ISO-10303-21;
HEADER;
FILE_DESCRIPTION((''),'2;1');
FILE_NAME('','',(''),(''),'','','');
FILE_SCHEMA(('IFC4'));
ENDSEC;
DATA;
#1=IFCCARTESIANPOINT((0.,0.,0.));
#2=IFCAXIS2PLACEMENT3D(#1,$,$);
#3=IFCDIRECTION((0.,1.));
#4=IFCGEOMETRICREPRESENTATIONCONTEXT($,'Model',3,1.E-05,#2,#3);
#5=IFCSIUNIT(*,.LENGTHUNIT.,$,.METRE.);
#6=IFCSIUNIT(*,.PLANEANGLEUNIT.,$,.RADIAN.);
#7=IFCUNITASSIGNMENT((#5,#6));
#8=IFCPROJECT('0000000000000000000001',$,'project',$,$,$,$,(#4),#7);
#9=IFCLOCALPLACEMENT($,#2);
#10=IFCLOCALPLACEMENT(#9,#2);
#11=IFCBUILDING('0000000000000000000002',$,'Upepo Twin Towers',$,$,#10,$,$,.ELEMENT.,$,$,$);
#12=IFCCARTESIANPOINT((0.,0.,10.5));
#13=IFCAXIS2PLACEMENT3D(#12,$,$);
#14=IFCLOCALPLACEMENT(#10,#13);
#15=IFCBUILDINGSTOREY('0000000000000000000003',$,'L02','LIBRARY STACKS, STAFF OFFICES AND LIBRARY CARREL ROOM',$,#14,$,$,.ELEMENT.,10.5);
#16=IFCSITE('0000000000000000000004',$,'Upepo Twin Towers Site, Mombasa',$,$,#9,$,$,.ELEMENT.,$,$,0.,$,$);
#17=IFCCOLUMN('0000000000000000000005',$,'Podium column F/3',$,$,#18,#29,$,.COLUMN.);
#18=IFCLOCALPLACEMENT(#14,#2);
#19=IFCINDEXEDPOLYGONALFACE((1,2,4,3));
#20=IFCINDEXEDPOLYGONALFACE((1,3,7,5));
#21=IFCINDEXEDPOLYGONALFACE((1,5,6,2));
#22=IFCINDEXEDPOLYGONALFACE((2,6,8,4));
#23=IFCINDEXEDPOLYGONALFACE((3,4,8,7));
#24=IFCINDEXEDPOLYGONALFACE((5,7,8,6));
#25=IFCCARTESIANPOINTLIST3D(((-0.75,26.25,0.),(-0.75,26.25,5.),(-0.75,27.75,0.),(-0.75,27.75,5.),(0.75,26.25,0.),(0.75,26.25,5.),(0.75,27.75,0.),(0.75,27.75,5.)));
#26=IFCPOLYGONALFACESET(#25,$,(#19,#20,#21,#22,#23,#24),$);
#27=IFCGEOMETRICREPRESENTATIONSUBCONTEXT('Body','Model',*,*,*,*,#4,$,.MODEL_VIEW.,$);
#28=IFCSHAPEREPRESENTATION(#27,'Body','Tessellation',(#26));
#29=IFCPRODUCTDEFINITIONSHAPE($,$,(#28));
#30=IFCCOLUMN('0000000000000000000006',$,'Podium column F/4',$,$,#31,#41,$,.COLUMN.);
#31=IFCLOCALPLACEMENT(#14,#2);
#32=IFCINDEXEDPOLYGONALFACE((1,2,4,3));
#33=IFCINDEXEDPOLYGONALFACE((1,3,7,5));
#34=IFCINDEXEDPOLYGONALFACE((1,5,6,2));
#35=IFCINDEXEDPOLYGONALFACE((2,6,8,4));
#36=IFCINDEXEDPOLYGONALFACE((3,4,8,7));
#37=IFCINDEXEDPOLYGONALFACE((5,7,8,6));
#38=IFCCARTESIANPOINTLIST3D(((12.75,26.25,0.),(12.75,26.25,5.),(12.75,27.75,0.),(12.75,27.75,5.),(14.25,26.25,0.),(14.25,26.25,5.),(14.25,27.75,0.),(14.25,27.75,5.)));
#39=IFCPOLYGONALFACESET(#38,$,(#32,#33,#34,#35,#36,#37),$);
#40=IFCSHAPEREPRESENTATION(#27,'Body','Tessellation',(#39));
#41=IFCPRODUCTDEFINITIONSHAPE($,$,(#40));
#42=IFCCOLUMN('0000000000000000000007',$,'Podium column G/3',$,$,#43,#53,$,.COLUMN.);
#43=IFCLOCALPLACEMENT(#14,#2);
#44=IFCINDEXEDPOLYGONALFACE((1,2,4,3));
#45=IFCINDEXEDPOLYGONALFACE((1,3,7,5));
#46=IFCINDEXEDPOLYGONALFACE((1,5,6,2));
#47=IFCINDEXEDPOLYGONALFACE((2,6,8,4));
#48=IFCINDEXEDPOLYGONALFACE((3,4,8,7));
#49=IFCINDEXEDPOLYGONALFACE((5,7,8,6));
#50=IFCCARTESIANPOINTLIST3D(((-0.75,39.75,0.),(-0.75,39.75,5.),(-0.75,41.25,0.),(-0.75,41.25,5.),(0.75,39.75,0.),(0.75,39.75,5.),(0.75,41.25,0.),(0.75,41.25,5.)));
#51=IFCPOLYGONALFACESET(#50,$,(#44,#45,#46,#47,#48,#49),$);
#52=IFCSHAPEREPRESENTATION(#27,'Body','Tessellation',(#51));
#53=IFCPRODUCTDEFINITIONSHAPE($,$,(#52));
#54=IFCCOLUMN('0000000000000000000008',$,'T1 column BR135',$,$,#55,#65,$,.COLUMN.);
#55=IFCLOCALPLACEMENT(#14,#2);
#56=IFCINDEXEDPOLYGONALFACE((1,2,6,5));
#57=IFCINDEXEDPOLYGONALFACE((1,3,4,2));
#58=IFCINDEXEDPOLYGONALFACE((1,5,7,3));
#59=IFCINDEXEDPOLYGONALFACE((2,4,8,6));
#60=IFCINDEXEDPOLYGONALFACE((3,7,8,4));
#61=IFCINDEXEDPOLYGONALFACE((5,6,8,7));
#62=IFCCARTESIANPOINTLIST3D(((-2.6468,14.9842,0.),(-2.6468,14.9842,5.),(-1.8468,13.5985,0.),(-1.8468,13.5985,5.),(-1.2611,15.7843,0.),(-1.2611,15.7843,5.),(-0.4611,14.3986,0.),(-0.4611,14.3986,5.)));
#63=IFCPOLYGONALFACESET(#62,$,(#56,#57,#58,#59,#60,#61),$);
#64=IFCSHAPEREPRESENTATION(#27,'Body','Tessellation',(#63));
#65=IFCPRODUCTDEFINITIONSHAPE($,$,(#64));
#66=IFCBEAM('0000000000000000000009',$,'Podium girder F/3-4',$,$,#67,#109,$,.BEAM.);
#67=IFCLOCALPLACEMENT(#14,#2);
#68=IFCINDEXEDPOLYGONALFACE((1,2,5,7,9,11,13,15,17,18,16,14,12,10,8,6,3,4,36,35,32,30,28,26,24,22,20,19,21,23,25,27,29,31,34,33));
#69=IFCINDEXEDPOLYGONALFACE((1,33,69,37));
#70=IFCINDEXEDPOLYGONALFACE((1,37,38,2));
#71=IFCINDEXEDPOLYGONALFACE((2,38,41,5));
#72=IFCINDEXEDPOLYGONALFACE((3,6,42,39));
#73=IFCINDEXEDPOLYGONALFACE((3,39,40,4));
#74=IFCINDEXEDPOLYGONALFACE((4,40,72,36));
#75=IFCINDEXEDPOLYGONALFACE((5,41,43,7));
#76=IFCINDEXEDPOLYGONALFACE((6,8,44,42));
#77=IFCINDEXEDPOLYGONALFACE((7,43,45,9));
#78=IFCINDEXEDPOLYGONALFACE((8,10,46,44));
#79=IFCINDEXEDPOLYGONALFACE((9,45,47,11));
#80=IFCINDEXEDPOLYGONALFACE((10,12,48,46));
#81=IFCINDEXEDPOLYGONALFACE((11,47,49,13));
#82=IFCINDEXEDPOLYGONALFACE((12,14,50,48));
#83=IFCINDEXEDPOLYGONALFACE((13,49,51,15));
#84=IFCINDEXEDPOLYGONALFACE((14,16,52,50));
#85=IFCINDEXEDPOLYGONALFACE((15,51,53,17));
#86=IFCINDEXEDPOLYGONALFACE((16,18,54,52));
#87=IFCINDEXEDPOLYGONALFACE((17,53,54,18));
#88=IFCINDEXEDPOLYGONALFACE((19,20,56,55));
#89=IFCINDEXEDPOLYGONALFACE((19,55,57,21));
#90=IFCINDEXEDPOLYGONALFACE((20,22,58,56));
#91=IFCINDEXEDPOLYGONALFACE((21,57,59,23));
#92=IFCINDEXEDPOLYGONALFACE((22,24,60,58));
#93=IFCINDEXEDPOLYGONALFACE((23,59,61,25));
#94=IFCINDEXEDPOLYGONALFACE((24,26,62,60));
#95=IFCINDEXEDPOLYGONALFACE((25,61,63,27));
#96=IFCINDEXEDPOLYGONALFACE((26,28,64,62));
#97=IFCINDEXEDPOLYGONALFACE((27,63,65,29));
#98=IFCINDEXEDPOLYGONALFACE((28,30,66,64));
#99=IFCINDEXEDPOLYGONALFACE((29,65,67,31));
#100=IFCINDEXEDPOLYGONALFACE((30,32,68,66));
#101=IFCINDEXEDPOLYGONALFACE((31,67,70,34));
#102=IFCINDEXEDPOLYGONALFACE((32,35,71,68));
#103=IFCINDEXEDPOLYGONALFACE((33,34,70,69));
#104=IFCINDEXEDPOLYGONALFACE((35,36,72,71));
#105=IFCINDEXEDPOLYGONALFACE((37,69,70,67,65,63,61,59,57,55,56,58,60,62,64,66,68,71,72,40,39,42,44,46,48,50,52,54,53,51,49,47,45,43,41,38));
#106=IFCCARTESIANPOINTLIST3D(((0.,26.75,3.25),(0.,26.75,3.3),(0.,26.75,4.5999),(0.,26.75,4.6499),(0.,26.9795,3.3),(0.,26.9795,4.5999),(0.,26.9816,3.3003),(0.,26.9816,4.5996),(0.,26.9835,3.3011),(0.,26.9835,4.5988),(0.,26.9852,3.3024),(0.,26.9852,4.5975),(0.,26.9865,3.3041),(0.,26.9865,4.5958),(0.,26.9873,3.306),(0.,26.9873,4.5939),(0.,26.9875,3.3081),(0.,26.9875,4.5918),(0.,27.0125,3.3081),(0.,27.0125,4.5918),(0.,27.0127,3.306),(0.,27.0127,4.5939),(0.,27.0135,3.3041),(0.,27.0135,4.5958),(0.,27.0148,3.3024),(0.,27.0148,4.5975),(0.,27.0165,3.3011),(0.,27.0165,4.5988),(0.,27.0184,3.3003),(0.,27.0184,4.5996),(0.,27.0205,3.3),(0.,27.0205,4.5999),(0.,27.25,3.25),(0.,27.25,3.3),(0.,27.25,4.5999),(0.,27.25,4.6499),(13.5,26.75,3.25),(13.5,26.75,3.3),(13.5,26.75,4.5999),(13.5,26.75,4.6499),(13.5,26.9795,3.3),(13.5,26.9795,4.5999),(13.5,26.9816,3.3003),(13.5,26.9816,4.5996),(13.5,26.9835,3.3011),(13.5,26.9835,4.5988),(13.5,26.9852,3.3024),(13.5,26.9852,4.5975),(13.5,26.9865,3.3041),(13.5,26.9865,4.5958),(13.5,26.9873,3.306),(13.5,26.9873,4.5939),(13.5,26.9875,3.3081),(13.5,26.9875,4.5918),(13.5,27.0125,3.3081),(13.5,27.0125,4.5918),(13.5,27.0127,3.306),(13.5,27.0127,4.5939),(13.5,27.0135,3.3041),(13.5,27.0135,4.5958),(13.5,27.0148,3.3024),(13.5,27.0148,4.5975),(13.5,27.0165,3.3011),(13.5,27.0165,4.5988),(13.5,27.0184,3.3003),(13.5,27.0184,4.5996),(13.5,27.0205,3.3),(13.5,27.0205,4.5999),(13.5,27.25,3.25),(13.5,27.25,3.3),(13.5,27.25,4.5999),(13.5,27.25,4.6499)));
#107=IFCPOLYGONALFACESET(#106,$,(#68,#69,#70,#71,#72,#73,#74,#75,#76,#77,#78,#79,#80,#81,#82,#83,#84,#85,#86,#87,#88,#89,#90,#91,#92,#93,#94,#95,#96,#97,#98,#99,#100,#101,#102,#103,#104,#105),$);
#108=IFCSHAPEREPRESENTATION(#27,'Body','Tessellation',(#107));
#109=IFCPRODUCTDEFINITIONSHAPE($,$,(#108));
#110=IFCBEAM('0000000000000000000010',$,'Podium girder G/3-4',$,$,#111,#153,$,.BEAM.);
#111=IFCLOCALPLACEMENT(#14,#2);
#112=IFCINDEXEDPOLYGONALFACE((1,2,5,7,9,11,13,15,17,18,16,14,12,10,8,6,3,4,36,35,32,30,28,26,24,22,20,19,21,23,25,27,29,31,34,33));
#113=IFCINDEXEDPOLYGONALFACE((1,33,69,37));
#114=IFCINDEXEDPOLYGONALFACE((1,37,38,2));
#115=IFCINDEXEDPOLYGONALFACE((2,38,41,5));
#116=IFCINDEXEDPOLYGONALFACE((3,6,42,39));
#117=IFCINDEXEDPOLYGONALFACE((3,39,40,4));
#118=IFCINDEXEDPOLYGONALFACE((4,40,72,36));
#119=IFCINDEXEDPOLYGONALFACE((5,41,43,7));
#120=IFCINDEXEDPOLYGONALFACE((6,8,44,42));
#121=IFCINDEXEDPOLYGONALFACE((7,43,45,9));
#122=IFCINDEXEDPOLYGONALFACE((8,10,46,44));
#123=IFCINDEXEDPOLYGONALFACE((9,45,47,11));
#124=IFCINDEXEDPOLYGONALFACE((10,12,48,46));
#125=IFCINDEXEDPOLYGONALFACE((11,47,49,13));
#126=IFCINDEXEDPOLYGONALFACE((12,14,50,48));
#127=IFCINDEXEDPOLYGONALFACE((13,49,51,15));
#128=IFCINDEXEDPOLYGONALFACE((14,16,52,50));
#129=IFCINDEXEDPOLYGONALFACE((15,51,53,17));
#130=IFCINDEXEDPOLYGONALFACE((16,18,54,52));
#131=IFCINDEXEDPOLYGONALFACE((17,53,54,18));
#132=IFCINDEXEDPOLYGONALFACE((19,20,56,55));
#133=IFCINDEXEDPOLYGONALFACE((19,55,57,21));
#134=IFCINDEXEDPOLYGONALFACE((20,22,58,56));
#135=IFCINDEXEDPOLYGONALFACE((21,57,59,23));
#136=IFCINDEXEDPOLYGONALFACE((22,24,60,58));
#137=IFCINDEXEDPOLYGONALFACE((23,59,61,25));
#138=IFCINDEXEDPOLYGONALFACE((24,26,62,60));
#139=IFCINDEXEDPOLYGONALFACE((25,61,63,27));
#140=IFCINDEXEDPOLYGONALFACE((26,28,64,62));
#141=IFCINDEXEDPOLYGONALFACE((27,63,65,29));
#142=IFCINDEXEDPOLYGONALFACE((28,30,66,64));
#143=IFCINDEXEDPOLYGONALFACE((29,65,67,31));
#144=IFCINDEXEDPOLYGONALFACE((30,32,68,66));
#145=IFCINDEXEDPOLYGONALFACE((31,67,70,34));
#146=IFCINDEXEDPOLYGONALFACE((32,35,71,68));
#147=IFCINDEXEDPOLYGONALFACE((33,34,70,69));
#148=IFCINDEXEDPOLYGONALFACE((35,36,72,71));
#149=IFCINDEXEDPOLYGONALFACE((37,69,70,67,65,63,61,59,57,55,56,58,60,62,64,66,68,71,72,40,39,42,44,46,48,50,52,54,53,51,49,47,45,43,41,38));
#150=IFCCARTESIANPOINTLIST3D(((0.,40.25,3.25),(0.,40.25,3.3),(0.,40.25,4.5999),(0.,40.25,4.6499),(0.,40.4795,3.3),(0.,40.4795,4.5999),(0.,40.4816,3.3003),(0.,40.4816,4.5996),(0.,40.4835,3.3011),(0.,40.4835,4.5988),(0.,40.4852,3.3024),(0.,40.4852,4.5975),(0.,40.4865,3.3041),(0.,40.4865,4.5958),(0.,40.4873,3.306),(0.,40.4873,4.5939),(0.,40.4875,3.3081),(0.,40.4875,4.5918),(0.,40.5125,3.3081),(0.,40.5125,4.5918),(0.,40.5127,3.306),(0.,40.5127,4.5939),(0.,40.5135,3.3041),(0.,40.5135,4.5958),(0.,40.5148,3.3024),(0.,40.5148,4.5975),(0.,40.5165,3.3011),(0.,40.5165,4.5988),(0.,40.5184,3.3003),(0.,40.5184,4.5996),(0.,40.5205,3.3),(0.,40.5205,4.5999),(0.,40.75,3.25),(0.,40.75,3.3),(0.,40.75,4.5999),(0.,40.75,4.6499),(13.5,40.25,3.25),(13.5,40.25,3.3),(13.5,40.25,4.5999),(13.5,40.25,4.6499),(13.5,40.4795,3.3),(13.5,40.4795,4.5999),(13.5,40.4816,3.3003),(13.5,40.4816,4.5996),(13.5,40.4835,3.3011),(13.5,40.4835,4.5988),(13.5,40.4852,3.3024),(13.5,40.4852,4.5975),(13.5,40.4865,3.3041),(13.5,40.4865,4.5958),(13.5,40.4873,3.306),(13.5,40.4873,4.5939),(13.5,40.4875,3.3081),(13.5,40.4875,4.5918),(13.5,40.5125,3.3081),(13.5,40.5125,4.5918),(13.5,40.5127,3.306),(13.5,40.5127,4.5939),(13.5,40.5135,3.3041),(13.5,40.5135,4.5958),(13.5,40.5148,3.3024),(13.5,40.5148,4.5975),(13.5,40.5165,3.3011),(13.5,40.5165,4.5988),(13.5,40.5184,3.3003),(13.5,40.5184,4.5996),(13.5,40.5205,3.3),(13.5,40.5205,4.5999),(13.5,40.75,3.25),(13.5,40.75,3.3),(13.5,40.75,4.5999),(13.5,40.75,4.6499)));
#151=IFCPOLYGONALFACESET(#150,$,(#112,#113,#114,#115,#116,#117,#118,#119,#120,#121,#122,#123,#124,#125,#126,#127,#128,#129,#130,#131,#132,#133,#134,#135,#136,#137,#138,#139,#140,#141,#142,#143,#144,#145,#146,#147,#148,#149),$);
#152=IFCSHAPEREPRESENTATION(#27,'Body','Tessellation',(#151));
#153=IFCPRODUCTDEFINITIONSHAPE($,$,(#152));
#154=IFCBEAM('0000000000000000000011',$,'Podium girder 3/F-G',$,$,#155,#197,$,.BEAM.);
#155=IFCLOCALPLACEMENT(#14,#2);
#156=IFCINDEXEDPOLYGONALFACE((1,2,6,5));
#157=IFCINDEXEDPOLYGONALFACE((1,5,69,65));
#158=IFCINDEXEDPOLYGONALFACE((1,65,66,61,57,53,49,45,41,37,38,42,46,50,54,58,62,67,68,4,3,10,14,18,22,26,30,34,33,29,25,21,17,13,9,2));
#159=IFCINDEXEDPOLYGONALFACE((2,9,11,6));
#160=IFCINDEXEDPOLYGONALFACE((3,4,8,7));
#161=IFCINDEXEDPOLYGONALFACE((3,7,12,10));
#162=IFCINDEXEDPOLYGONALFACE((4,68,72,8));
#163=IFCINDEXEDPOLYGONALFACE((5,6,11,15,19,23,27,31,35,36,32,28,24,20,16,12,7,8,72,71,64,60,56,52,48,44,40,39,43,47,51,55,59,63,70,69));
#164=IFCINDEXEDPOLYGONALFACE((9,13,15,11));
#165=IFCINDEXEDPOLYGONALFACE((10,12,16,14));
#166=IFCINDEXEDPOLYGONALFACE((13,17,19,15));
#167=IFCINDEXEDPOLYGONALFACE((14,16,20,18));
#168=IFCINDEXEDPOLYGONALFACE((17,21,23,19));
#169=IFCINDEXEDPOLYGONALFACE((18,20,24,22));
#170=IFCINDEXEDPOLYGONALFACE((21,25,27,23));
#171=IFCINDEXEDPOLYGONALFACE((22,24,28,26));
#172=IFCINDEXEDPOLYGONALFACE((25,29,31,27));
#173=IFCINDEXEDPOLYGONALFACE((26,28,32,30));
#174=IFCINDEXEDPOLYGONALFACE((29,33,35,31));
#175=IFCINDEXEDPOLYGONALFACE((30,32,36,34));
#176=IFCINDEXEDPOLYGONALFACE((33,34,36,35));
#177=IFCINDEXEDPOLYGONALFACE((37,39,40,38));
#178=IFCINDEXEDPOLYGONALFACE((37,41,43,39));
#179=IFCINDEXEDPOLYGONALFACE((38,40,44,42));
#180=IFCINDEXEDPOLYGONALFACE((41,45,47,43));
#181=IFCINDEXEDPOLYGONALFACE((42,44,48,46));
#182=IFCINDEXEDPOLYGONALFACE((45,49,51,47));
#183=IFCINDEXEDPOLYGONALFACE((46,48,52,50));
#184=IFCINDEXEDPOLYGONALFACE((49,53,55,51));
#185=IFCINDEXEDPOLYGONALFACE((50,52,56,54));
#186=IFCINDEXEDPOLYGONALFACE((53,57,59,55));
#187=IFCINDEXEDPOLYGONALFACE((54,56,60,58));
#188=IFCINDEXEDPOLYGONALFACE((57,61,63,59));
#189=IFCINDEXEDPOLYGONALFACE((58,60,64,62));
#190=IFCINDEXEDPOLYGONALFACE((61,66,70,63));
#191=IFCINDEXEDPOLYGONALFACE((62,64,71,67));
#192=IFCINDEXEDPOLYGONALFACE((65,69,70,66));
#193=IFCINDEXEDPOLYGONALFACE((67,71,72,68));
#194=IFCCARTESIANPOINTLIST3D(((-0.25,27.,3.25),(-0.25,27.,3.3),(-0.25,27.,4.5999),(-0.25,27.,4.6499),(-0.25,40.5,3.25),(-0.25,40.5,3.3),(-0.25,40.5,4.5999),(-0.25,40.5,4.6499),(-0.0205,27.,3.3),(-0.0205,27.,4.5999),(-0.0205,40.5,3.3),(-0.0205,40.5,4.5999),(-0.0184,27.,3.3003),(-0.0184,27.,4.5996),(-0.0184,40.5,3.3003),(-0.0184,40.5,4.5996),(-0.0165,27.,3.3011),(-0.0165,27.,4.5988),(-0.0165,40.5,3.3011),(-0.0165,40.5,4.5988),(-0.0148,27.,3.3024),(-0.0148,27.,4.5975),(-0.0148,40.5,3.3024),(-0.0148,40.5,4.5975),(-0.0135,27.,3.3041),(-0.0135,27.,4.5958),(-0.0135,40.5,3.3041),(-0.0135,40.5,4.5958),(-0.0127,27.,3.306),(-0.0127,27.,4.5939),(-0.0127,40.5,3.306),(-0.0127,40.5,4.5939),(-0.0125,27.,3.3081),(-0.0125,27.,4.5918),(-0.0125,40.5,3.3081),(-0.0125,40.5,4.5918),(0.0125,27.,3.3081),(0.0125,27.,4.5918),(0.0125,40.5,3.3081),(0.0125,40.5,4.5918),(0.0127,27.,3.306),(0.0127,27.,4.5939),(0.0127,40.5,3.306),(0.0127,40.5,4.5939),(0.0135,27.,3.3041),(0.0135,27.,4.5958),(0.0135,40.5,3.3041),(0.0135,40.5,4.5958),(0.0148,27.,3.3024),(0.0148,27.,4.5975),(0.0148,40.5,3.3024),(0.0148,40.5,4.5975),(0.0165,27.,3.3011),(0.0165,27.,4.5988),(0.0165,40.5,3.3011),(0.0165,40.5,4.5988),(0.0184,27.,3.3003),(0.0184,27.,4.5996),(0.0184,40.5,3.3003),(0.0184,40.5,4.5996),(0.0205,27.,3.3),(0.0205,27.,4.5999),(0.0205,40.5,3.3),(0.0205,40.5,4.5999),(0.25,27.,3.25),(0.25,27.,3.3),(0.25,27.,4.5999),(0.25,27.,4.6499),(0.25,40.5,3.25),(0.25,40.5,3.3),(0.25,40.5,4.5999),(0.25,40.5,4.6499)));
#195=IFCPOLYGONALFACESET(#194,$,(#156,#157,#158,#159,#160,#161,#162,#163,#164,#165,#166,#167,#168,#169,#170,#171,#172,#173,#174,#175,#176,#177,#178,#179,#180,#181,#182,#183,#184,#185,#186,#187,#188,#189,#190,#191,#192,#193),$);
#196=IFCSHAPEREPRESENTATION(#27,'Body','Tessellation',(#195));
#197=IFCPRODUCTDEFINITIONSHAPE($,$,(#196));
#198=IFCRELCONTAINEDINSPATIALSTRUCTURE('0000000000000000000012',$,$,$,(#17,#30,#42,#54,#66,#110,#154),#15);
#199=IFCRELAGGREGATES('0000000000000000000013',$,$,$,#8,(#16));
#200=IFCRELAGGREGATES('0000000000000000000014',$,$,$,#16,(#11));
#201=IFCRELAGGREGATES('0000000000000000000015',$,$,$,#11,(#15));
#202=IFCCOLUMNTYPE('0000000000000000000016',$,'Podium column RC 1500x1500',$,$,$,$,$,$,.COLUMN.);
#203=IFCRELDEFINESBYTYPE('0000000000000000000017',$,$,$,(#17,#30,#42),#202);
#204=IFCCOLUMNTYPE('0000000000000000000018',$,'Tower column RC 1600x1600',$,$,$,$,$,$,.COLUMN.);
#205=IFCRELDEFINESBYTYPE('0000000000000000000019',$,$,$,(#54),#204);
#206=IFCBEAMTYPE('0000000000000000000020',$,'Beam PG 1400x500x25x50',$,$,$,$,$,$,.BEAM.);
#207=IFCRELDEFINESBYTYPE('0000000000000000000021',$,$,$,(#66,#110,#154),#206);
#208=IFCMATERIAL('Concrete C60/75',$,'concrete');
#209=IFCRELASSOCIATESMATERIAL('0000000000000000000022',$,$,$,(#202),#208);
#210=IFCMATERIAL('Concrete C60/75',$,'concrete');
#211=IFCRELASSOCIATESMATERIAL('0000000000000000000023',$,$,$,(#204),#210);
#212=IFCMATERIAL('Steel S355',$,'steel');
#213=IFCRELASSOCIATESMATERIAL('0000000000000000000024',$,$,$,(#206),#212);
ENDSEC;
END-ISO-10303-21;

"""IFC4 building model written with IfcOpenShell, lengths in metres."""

from ifc_helpers import new_model, si_unit, direction, frame, origin, origin_2d, place, context, subcontext, project, spatial, rectangle, i_section, extrude, material, material_profile, profile_set, type_object, element, save


model = new_model("IFC4")

# Units and contexts
model_context = context("Model", 3, precision=1e-05, world=origin(), true_north=direction((0.0, 1.0)))
body_context = subcontext(model_context, "Body", "Model", "MODEL_VIEW")
ifc_project = project(units=[si_unit("LENGTHUNIT", "METRE"), si_unit("PLANEANGLEUNIT", "RADIAN")], contexts=[model_context])

# Site, building, storey
site_placement = place(None, origin())
site = spatial("IfcSite", under=ifc_project, at=site_placement, Name="Upepo Twin Towers Site, Mombasa", CompositionType="ELEMENT", RefElevation=0.0)
building_placement = place(site_placement, origin())
building = spatial("IfcBuilding", under=site, at=building_placement, Name="Upepo Twin Towers", CompositionType="ELEMENT")
storey_placement = place(building_placement, frame((0.0, 0.0, 10.5)))
storey = spatial("IfcBuildingStorey", under=building, at=storey_placement, Name="L02", Description="LIBRARY STACKS, STAFF OFFICES AND LIBRARY CARREL ROOM", CompositionType="ELEMENT", Elevation=10.5)

# Columns
ifc_material_1 = material(Name="Concrete C60/75", Category="concrete")
ifc_material_profile_1 = material_profile(ifc_material_1, rectangle(XDim=1.5, YDim=1.5, at=origin_2d()), Name="RC 1500x1500")
ifc_profile_set_1 = profile_set([ifc_material_profile_1], Name="Concrete C60/75")
column_type_1 = type_object("IfcColumnType", Name="Podium column RC 1500x1500", PredefinedType="COLUMN", material=ifc_profile_set_1)
for number, where, z_axis, x_axis, name in (
    (1, (0.0, 27.0, 0.0), (0.0, 0.0, 1.0), (1.0, 0.0, 0.0), "Podium column F/3"),
    (2, (13.5, 27.0, 0.0), (0.0, 0.0, 1.0), (1.0, 0.0, 0.0), "Podium column F/4"),
    (3, (0.0, 40.5, 0.0), (0.0, 0.0, 1.0), (1.0, 0.0, 0.0), "Podium column G/3"),
):
    element("IfcColumn", number, at=place(storey_placement, frame(where, z_axis=z_axis, x_axis=x_axis)), inside=storey, type_object=column_type_1, Name=name, PredefinedType="COLUMN", context=body_context, shape_type="SweptSolid", body=[
        extrude(rectangle(XDim=1.5, YDim=1.5, at=origin_2d()), origin(), (0.0, 0.0, 1.0), 5.0),
    ])
ifc_material_2 = material(Name="Concrete C60/75", Category="concrete")
ifc_material_profile_2 = material_profile(ifc_material_2, rectangle(XDim=1.6001, YDim=1.6001, at=origin_2d()), Name="RC 1600x1600")
ifc_profile_set_2 = profile_set([ifc_material_profile_2], Name="Concrete C60/75")
column_type_2 = type_object("IfcColumnType", Name="Tower column RC 1600x1600", PredefinedType="COLUMN", material=ifc_profile_set_2)
column_placement = place(storey_placement, frame((-1.554, 14.6914, 0.0), z_axis=(0.0, 0.0, 1.0), x_axis=(0.866025, 0.5, 0.0)))
element("IfcColumn", 4, at=column_placement, inside=storey, type_object=column_type_2, Name="T1 column BR135", PredefinedType="COLUMN", context=body_context, shape_type="SweptSolid", body=[
    extrude(rectangle(XDim=1.6001, YDim=1.6001, at=origin_2d()), origin(), (0.0, 0.0, 1.0), 5.0),
])

# Beams
ifc_material_3 = material(Name="Steel S355", Category="steel")
ifc_material_profile_3 = material_profile(ifc_material_3, i_section(OverallWidth=0.5, OverallDepth=1.3999, WebThickness=0.0249, FlangeThickness=0.05, FilletRadius=0.0081, at=origin_2d()), Name="PG 1400x500x25x50")
ifc_profile_set_3 = profile_set([ifc_material_profile_3], Name="Steel S355")
beam_type_1 = type_object("IfcBeamType", Name="Beam PG 1400x500x25x50", PredefinedType="BEAM", material=ifc_profile_set_3)
for number, where, z_axis, x_axis, name in (
    (5, (0.0, 27.0, 3.95), (1.0, 0.0, 0.0), (0.0, 1.0, 0.0), "Podium girder F/3-4"),
    (6, (0.0, 40.5, 3.95), (1.0, 0.0, 0.0), (0.0, 1.0, 0.0), "Podium girder G/3-4"),
    (7, (0.0, 27.0, 3.95), (0.0, 1.0, 0.0), (-1.0, 0.0, 0.0), "Podium girder 3/F-G"),
):
    element("IfcBeam", number, at=place(storey_placement, frame(where, z_axis=z_axis, x_axis=x_axis)), inside=storey, type_object=beam_type_1, Name=name, PredefinedType="BEAM", context=body_context, shape_type="SweptSolid", body=[
        extrude(i_section(OverallWidth=0.5, OverallDepth=1.3999, WebThickness=0.0249, FlangeThickness=0.05, FilletRadius=0.0081, at=origin_2d()), origin(), (0.0, 0.0, 1.0), 13.5),
    ])

save(model, "model.ifc")
